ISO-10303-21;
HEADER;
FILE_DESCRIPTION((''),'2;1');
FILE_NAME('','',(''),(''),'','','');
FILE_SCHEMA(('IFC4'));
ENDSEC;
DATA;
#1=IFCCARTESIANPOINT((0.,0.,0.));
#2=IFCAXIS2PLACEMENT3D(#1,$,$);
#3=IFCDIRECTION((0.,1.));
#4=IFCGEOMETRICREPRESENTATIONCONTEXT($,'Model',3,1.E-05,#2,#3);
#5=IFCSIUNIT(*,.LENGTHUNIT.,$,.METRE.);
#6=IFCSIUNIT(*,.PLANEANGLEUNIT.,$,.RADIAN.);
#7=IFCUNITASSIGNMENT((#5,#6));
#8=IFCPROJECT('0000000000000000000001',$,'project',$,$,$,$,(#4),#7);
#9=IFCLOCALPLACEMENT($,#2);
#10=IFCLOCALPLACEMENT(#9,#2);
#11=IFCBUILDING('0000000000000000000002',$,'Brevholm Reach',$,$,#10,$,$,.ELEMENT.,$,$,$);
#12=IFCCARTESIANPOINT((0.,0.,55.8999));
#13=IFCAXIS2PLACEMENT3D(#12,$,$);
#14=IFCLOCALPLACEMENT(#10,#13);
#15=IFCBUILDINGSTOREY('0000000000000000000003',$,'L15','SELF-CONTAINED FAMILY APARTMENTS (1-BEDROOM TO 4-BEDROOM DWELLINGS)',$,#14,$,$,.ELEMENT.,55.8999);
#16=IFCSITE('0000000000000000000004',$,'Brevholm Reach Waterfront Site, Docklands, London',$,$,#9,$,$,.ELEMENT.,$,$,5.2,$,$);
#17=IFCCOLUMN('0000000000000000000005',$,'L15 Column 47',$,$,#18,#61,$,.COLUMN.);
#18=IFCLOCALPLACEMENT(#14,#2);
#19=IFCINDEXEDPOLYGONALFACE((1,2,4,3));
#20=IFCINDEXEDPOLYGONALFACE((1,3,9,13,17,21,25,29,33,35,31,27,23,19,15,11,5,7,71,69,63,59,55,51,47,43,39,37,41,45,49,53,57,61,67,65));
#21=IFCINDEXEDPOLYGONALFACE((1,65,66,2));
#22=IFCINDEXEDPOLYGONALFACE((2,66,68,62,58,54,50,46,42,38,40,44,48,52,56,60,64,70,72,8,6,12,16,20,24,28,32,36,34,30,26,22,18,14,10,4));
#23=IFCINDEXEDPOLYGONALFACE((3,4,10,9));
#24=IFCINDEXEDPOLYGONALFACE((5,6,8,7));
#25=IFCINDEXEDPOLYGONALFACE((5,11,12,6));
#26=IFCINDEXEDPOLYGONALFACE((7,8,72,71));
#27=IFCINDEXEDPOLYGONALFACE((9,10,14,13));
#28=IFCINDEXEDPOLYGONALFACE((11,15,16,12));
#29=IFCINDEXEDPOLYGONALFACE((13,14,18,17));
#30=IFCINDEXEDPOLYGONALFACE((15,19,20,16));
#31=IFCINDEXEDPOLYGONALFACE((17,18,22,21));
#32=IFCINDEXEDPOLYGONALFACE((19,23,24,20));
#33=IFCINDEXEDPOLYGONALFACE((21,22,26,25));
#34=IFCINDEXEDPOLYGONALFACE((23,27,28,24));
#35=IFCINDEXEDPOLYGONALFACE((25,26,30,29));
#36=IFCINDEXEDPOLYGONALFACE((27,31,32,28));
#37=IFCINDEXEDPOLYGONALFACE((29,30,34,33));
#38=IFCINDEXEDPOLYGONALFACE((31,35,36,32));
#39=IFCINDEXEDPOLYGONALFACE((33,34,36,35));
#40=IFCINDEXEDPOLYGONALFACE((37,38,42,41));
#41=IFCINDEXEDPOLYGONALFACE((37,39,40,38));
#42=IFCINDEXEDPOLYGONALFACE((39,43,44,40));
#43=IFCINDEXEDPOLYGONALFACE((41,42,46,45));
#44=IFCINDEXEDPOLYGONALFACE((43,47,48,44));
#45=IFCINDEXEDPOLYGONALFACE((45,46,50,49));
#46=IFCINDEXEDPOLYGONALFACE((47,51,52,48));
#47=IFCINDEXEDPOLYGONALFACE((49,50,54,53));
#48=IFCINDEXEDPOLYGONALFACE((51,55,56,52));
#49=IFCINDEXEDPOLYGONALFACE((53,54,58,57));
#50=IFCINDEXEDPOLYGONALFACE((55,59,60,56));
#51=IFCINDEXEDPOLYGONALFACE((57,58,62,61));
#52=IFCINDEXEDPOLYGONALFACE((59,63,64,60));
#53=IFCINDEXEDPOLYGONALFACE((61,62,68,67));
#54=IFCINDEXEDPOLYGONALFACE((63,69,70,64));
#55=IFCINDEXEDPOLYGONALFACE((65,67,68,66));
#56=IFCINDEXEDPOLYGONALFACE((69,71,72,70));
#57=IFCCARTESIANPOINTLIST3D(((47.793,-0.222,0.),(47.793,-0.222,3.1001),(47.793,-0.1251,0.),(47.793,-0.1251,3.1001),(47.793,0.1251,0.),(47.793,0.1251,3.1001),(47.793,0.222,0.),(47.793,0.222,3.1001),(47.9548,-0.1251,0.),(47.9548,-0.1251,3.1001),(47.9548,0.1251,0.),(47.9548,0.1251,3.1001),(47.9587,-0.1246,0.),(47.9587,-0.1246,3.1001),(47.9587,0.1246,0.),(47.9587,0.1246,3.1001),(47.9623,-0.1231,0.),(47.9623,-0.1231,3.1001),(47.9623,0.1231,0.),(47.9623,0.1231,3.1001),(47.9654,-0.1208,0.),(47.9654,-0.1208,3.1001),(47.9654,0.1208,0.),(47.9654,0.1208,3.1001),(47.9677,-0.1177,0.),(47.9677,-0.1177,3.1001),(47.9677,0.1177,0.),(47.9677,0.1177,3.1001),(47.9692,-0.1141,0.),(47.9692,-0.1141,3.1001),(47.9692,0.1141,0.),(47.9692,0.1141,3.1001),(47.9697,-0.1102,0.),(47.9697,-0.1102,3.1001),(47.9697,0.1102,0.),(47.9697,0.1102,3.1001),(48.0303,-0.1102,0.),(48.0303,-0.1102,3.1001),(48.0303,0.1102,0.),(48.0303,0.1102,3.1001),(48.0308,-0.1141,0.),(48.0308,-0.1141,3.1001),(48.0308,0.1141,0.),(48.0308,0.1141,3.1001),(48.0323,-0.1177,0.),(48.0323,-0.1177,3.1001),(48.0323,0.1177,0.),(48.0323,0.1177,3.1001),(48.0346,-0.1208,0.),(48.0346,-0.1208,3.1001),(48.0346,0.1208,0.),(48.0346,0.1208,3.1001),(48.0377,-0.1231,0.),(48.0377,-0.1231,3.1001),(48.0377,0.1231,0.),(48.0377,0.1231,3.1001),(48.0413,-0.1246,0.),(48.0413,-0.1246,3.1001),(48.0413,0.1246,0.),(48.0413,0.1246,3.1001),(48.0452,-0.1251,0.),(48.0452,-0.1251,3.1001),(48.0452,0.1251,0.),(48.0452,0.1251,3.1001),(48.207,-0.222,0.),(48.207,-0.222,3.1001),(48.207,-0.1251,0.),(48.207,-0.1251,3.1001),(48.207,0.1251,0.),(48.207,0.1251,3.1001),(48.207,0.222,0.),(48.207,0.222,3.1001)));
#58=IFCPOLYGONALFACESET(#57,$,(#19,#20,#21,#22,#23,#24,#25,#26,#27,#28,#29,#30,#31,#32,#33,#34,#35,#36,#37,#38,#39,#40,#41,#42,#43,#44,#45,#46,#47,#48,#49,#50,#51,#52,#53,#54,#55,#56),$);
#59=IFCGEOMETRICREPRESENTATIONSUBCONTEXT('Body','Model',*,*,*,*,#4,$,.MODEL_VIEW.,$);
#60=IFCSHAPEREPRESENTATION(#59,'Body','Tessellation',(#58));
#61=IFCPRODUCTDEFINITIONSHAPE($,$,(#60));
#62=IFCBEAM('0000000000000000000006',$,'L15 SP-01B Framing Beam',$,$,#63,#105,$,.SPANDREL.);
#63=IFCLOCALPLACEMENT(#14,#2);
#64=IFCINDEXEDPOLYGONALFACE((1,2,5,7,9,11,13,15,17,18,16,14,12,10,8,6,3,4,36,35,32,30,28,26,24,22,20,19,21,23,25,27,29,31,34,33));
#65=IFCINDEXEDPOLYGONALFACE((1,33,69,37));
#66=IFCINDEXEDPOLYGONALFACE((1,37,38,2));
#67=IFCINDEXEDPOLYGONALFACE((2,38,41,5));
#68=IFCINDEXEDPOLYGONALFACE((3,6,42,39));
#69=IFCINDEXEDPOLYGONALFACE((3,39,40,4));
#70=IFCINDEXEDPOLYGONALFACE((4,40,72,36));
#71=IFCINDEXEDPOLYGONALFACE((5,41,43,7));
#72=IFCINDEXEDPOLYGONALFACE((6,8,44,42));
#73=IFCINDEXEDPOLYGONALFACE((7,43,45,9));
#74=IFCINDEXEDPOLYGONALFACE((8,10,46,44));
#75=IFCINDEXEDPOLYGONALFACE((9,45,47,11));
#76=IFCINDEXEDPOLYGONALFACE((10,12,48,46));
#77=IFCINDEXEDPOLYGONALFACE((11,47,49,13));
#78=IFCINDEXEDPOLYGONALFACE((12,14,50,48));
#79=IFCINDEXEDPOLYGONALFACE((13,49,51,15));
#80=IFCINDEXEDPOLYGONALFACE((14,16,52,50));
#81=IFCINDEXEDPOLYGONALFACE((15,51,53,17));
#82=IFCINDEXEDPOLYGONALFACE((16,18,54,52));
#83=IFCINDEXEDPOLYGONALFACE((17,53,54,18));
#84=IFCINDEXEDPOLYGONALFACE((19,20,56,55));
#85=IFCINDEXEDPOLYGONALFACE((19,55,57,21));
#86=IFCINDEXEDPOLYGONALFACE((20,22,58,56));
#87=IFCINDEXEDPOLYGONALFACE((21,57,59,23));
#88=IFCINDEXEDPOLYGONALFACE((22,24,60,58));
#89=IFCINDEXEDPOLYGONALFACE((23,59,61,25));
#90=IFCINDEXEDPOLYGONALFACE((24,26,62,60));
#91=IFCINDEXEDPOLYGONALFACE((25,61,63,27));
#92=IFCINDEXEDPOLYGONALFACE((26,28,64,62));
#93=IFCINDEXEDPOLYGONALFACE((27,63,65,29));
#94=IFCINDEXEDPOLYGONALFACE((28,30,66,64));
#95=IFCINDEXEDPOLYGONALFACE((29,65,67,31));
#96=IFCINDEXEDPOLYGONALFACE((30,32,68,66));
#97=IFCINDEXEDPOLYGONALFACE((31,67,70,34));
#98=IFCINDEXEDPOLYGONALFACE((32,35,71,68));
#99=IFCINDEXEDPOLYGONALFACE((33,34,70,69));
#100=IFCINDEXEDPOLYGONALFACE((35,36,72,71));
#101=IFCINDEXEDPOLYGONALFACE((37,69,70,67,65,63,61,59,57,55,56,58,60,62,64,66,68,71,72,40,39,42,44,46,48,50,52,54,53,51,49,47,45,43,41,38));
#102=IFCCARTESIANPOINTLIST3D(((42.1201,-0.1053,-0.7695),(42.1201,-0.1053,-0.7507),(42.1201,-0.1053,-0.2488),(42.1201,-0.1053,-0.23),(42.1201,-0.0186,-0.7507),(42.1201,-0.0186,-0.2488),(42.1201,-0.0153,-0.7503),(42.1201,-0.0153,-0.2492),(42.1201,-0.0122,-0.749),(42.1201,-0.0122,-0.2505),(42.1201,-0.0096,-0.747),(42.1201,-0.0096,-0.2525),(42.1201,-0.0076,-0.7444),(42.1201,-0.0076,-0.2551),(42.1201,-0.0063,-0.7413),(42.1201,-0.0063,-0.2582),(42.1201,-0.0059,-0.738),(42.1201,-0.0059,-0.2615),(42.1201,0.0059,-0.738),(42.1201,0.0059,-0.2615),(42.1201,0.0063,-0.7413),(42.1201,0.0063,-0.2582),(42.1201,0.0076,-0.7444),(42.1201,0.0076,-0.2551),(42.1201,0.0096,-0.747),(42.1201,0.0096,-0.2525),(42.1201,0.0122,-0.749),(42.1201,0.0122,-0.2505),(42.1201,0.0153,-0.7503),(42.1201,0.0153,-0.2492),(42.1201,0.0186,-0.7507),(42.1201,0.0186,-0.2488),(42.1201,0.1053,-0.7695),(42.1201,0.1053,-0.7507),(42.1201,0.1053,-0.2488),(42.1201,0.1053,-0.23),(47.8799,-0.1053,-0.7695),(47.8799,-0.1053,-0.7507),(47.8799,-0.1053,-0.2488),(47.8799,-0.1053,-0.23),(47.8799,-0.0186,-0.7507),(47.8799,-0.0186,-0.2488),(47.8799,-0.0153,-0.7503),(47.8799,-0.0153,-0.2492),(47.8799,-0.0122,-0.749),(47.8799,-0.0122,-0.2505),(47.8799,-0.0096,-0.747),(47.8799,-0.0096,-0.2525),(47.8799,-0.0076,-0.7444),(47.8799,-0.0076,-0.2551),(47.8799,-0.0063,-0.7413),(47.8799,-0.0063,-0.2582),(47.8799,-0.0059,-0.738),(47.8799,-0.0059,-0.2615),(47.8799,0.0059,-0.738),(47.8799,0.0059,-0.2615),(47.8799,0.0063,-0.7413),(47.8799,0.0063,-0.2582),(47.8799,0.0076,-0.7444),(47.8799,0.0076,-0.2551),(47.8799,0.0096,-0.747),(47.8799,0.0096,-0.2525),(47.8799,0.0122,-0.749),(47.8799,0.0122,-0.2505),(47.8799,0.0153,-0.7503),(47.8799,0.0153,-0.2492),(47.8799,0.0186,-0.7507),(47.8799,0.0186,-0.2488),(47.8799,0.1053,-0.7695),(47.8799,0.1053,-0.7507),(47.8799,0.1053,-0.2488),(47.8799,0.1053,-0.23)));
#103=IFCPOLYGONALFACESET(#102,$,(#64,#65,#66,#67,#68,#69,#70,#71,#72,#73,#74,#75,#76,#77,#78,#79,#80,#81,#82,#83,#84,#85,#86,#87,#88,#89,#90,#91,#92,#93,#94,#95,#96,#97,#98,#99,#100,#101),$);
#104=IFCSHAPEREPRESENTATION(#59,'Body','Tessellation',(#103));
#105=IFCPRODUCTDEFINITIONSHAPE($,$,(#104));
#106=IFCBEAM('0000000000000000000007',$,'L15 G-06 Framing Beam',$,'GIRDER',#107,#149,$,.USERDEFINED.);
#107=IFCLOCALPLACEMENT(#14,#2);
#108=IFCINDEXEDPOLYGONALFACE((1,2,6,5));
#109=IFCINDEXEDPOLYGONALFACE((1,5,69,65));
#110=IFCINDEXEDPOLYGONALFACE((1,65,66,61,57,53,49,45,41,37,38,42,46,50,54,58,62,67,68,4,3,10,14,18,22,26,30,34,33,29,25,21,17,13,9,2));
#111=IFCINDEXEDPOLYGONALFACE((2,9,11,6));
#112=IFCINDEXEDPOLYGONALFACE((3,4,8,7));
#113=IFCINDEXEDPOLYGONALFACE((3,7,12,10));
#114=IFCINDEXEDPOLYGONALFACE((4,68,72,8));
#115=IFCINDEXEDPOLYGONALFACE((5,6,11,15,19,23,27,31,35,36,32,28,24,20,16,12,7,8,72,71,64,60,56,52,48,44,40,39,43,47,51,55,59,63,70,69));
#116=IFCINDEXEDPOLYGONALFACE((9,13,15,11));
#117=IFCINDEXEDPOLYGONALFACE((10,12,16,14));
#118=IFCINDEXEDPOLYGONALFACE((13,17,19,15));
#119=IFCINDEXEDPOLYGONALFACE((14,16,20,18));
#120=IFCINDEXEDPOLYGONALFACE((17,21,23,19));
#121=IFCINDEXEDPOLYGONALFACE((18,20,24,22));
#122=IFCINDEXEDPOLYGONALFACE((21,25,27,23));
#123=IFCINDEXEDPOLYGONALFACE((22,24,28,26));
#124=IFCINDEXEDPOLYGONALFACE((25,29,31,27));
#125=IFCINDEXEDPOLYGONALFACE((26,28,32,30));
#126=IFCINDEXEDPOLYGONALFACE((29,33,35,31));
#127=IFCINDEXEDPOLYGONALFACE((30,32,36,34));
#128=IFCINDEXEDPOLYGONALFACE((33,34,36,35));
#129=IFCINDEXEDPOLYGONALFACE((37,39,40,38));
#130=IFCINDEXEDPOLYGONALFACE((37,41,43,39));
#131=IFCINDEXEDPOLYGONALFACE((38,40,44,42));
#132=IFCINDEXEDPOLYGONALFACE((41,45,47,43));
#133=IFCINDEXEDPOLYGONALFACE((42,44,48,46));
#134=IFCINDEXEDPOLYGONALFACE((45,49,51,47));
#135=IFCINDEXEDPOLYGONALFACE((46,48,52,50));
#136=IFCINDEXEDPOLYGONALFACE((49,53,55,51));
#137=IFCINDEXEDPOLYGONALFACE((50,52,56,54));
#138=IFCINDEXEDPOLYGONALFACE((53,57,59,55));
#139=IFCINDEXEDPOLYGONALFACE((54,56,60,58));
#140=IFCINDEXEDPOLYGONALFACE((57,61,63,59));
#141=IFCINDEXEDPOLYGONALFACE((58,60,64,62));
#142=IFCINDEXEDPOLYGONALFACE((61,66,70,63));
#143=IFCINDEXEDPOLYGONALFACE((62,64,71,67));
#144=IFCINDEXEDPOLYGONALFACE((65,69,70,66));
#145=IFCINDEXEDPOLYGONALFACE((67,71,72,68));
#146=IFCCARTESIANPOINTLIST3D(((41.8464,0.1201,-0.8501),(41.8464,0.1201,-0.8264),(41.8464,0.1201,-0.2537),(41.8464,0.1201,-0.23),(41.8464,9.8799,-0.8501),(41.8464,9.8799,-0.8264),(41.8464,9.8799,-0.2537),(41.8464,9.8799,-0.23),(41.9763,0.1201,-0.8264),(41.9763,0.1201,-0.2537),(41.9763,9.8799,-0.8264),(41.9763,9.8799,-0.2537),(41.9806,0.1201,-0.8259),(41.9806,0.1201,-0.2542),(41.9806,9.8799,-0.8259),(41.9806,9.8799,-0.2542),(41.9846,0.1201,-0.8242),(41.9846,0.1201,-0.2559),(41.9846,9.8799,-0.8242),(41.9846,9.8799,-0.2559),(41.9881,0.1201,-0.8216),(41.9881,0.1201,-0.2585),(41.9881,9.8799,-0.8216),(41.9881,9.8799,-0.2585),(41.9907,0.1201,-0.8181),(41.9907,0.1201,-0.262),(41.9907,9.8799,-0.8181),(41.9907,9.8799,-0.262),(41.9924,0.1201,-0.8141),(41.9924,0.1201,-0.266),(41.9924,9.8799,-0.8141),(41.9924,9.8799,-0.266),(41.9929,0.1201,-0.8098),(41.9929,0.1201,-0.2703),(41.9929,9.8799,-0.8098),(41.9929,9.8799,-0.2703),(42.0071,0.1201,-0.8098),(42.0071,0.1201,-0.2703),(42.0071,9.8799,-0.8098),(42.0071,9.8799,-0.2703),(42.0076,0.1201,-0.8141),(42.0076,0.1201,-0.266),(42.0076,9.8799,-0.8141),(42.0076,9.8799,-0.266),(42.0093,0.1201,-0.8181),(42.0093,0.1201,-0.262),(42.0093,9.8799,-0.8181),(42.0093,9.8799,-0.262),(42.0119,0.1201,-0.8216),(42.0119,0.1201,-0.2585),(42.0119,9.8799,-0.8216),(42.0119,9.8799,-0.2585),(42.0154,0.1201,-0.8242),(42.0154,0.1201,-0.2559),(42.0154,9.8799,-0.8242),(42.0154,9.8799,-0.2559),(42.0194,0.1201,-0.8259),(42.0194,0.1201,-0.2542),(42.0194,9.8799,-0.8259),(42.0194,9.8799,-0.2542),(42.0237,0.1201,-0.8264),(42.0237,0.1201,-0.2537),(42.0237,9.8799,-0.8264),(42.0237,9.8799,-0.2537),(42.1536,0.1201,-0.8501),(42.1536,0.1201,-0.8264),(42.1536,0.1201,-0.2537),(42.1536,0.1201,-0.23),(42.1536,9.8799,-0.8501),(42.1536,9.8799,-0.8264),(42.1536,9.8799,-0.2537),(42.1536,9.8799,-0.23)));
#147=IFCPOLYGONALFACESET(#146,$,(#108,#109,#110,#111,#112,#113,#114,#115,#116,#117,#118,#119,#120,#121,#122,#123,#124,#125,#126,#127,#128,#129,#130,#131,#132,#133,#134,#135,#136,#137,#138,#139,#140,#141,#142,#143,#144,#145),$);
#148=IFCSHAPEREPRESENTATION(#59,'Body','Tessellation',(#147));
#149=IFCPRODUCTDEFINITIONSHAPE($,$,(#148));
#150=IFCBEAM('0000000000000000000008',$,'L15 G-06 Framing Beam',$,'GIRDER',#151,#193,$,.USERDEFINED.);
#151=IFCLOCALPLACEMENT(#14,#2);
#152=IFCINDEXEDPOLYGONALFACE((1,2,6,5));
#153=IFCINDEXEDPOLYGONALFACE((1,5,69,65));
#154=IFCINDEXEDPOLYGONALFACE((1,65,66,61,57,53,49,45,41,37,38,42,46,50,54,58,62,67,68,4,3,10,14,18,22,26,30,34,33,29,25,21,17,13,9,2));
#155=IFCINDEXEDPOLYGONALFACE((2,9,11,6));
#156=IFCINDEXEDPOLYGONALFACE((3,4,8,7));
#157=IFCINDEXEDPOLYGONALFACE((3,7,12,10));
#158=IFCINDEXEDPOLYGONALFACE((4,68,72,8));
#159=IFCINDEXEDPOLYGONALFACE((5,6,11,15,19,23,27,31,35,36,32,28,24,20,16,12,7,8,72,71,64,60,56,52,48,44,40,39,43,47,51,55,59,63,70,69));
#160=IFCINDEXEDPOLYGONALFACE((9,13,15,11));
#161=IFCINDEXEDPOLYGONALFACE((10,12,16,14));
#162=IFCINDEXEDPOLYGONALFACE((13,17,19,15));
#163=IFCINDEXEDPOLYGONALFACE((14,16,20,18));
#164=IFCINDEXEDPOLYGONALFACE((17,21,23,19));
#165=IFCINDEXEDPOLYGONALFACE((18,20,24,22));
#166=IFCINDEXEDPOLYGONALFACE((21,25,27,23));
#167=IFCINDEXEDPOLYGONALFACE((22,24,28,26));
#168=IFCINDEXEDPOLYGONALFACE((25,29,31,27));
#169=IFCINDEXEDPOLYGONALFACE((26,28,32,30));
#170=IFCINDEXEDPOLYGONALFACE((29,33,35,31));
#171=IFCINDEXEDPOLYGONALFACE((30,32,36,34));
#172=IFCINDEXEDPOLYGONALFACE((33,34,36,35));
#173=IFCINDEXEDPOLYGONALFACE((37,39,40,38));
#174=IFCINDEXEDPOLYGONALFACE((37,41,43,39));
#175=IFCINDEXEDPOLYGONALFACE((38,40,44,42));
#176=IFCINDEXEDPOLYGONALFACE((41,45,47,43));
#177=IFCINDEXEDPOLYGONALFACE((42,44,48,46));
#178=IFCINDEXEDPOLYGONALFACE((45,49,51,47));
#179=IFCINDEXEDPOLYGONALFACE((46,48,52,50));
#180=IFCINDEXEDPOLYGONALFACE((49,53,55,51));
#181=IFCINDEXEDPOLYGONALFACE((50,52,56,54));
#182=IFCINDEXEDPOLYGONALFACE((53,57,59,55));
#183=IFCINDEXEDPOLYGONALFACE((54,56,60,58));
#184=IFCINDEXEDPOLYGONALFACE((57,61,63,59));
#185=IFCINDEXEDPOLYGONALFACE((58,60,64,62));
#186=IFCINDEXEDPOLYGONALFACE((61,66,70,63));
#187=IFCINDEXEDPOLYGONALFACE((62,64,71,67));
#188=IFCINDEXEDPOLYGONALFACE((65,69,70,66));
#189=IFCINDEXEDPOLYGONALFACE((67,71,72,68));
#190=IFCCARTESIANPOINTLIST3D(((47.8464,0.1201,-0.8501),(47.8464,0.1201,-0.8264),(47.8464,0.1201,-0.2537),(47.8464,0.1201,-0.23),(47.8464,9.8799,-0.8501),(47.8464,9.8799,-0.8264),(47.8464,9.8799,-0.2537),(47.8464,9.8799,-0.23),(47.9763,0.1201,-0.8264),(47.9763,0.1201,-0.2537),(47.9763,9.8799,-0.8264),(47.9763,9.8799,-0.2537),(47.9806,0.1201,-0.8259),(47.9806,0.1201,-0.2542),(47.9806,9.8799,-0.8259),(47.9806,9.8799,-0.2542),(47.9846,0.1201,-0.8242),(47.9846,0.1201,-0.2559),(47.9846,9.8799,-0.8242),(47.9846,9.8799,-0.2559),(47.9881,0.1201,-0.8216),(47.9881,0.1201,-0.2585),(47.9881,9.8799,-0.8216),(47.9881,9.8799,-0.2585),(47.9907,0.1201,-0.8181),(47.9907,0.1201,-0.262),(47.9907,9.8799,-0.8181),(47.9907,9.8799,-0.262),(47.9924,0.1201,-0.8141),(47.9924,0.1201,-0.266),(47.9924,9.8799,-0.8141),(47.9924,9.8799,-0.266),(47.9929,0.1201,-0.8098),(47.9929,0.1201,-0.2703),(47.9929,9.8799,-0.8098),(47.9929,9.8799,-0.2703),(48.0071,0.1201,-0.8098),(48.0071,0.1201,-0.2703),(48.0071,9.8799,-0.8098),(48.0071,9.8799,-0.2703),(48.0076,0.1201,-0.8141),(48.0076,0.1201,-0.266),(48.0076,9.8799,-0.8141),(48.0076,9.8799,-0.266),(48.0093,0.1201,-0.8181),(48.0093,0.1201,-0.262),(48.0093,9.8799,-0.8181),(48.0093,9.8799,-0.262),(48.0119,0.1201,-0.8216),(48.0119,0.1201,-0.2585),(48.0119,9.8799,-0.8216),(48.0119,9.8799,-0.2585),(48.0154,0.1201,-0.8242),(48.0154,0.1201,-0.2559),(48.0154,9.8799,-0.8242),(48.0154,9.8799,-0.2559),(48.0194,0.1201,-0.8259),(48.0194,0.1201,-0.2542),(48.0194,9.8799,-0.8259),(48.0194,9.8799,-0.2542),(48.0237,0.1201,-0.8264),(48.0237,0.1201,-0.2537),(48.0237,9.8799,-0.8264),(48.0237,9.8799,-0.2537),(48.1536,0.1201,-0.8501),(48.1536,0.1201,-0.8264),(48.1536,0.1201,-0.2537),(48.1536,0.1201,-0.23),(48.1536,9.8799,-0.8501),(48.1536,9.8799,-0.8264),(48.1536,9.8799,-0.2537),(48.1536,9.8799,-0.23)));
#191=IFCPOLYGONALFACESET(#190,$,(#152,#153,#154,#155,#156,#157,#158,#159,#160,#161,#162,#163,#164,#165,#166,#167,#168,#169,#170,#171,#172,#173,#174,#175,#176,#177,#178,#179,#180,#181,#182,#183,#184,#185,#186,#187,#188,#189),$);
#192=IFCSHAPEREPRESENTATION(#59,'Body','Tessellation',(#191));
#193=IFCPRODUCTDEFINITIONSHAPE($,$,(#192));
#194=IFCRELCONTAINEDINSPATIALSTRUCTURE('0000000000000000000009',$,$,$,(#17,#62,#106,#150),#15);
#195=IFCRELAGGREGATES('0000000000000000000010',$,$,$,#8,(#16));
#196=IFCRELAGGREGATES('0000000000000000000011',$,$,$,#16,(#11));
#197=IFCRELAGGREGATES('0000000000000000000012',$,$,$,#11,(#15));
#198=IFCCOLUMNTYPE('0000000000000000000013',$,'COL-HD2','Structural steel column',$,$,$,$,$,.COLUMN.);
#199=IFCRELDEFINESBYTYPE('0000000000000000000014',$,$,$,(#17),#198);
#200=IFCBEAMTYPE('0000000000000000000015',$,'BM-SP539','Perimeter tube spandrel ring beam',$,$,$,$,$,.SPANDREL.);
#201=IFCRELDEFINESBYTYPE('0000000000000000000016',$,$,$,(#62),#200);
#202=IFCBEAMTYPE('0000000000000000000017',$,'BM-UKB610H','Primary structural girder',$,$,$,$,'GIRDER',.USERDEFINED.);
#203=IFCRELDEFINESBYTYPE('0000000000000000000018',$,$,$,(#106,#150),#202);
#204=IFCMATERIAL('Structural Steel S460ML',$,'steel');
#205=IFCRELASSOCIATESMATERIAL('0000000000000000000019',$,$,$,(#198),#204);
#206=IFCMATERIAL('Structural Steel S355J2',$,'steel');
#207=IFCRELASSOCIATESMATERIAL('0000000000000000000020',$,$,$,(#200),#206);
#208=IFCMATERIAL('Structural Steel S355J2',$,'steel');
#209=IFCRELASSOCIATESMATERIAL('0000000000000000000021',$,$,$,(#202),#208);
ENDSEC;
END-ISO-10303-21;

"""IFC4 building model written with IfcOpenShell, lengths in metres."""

from ifc_helpers import new_model, si_unit, direction, frame, origin, origin_2d, place, context, subcontext, project, spatial, i_section, extrude, material, material_profile, profile_set, type_object, element, save


model = new_model("IFC4")

# Units and contexts
model_context = context("Model", 3, precision=1e-05, world=origin(), true_north=direction((0.0, 1.0)))
body_context = subcontext(model_context, "Body", "Model", "MODEL_VIEW")
ifc_project = project(units=[si_unit("LENGTHUNIT", "METRE"), si_unit("PLANEANGLEUNIT", "RADIAN")], contexts=[model_context])

# Site, building, storey
site_placement = place(None, origin())
site = spatial("IfcSite", under=ifc_project, at=site_placement, Name="Brevholm Reach Waterfront Site, Docklands, London", CompositionType="ELEMENT", RefElevation=5.2)
building_placement = place(site_placement, origin())
building = spatial("IfcBuilding", under=site, at=building_placement, Name="Brevholm Reach", CompositionType="ELEMENT")
storey_placement = place(building_placement, frame((0.0, 0.0, 55.8999)))
storey = spatial("IfcBuildingStorey", under=building, at=storey_placement, Name="L15", Description="SELF-CONTAINED FAMILY APARTMENTS (1-BEDROOM TO 4-BEDROOM DWELLINGS)", CompositionType="ELEMENT", Elevation=55.8999)

# Column
ifc_material_1 = material(Name="Structural Steel S460ML", Category="steel")
ifc_material_profile_1 = material_profile(ifc_material_1, i_section(OverallWidth=0.4141, OverallDepth=0.4441, WebThickness=0.0605, FlangeThickness=0.0969, FilletRadius=0.0149, at=origin_2d()), Name="HD 400x818")
ifc_profile_set_1 = profile_set([ifc_material_profile_1], Name="Structural Steel S460ML")
column_type = type_object("IfcColumnType", Name="COL-HD2", Description="Structural steel column", PredefinedType="COLUMN", material=ifc_profile_set_1)
column_placement = place(storey_placement, frame((48.0, 0.0, 0.0), z_axis=(0.0, 0.0, 1.0), x_axis=(1.0, 0.0, 0.0)))
element("IfcColumn", 1, at=column_placement, inside=storey, type_object=column_type, Name="L15 Column 47", PredefinedType="COLUMN", context=body_context, shape_type="SweptSolid", body=[
    extrude(i_section(OverallWidth=0.4141, OverallDepth=0.4441, WebThickness=0.0605, FlangeThickness=0.0969, FilletRadius=0.0149, at=origin_2d()), origin(), (0.0, 0.0, 1.0), 3.1001),
])

# Beams
ifc_material_2 = material(Name="Structural Steel S355J2", Category="steel")
ifc_material_profile_2 = material_profile(ifc_material_2, i_section(OverallWidth=0.2107, OverallDepth=0.5396, WebThickness=0.0117, FlangeThickness=0.0188, FilletRadius=0.0127, at=origin_2d()), Name="UKB 533x210x109")
ifc_profile_set_2 = profile_set([ifc_material_profile_2], Name="Structural Steel S355J2")
beam_type_1 = type_object("IfcBeamType", Name="BM-SP539", Description="Perimeter tube spandrel ring beam", PredefinedType="SPANDREL", material=ifc_profile_set_2)
beam_placement = place(storey_placement, frame((42.1201, 0.0, -0.4998), z_axis=(1.0, 0.0, 0.0), x_axis=(0.0, 1.0, 0.0)))
element("IfcBeam", 2, at=beam_placement, inside=storey, type_object=beam_type_1, Name="L15 SP-01B Framing Beam", PredefinedType="SPANDREL", context=body_context, shape_type="SweptSolid", body=[
    extrude(i_section(OverallWidth=0.2107, OverallDepth=0.5396, WebThickness=0.0117, FlangeThickness=0.0188, FilletRadius=0.0127, at=origin_2d()), origin(), (0.0, 0.0, 1.0), 5.7598),
])
ifc_material_3 = material(Name="Structural Steel S355J2", Category="steel")
ifc_material_profile_3 = material_profile(ifc_material_3, i_section(OverallWidth=0.3071, OverallDepth=0.6201, WebThickness=0.0142, FlangeThickness=0.0237, FilletRadius=0.0166, at=origin_2d()), Name="UKB 610x305x179")
ifc_profile_set_3 = profile_set([ifc_material_profile_3], Name="Structural Steel S355J2")
beam_type_2 = type_object("IfcBeamType", Name="BM-UKB610H", Description="Primary structural girder", ElementType="GIRDER", PredefinedType="USERDEFINED", material=ifc_profile_set_3)
for number, where, z_axis, x_axis, name in (
    (3, (42.0, 0.1201, -0.54), (0.0, 1.0, 0.0), (-1.0, 0.0, 0.0), "L15 G-06 Framing Beam"),
    (4, (48.0, 0.1201, -0.54), (0.0, 1.0, 0.0), (-1.0, 0.0, 0.0), "L15 G-06 Framing Beam"),
):
    element("IfcBeam", number, at=place(storey_placement, frame(where, z_axis=z_axis, x_axis=x_axis)), inside=storey, type_object=beam_type_2, Name=name, ObjectType="GIRDER", PredefinedType="USERDEFINED", context=body_context, shape_type="SweptSolid", body=[
        extrude(i_section(OverallWidth=0.3071, OverallDepth=0.6201, WebThickness=0.0142, FlangeThickness=0.0237, FilletRadius=0.0166, at=origin_2d()), origin(), (0.0, 0.0, 1.0), 9.7598),
    ])

save(model, "model.ifc")
